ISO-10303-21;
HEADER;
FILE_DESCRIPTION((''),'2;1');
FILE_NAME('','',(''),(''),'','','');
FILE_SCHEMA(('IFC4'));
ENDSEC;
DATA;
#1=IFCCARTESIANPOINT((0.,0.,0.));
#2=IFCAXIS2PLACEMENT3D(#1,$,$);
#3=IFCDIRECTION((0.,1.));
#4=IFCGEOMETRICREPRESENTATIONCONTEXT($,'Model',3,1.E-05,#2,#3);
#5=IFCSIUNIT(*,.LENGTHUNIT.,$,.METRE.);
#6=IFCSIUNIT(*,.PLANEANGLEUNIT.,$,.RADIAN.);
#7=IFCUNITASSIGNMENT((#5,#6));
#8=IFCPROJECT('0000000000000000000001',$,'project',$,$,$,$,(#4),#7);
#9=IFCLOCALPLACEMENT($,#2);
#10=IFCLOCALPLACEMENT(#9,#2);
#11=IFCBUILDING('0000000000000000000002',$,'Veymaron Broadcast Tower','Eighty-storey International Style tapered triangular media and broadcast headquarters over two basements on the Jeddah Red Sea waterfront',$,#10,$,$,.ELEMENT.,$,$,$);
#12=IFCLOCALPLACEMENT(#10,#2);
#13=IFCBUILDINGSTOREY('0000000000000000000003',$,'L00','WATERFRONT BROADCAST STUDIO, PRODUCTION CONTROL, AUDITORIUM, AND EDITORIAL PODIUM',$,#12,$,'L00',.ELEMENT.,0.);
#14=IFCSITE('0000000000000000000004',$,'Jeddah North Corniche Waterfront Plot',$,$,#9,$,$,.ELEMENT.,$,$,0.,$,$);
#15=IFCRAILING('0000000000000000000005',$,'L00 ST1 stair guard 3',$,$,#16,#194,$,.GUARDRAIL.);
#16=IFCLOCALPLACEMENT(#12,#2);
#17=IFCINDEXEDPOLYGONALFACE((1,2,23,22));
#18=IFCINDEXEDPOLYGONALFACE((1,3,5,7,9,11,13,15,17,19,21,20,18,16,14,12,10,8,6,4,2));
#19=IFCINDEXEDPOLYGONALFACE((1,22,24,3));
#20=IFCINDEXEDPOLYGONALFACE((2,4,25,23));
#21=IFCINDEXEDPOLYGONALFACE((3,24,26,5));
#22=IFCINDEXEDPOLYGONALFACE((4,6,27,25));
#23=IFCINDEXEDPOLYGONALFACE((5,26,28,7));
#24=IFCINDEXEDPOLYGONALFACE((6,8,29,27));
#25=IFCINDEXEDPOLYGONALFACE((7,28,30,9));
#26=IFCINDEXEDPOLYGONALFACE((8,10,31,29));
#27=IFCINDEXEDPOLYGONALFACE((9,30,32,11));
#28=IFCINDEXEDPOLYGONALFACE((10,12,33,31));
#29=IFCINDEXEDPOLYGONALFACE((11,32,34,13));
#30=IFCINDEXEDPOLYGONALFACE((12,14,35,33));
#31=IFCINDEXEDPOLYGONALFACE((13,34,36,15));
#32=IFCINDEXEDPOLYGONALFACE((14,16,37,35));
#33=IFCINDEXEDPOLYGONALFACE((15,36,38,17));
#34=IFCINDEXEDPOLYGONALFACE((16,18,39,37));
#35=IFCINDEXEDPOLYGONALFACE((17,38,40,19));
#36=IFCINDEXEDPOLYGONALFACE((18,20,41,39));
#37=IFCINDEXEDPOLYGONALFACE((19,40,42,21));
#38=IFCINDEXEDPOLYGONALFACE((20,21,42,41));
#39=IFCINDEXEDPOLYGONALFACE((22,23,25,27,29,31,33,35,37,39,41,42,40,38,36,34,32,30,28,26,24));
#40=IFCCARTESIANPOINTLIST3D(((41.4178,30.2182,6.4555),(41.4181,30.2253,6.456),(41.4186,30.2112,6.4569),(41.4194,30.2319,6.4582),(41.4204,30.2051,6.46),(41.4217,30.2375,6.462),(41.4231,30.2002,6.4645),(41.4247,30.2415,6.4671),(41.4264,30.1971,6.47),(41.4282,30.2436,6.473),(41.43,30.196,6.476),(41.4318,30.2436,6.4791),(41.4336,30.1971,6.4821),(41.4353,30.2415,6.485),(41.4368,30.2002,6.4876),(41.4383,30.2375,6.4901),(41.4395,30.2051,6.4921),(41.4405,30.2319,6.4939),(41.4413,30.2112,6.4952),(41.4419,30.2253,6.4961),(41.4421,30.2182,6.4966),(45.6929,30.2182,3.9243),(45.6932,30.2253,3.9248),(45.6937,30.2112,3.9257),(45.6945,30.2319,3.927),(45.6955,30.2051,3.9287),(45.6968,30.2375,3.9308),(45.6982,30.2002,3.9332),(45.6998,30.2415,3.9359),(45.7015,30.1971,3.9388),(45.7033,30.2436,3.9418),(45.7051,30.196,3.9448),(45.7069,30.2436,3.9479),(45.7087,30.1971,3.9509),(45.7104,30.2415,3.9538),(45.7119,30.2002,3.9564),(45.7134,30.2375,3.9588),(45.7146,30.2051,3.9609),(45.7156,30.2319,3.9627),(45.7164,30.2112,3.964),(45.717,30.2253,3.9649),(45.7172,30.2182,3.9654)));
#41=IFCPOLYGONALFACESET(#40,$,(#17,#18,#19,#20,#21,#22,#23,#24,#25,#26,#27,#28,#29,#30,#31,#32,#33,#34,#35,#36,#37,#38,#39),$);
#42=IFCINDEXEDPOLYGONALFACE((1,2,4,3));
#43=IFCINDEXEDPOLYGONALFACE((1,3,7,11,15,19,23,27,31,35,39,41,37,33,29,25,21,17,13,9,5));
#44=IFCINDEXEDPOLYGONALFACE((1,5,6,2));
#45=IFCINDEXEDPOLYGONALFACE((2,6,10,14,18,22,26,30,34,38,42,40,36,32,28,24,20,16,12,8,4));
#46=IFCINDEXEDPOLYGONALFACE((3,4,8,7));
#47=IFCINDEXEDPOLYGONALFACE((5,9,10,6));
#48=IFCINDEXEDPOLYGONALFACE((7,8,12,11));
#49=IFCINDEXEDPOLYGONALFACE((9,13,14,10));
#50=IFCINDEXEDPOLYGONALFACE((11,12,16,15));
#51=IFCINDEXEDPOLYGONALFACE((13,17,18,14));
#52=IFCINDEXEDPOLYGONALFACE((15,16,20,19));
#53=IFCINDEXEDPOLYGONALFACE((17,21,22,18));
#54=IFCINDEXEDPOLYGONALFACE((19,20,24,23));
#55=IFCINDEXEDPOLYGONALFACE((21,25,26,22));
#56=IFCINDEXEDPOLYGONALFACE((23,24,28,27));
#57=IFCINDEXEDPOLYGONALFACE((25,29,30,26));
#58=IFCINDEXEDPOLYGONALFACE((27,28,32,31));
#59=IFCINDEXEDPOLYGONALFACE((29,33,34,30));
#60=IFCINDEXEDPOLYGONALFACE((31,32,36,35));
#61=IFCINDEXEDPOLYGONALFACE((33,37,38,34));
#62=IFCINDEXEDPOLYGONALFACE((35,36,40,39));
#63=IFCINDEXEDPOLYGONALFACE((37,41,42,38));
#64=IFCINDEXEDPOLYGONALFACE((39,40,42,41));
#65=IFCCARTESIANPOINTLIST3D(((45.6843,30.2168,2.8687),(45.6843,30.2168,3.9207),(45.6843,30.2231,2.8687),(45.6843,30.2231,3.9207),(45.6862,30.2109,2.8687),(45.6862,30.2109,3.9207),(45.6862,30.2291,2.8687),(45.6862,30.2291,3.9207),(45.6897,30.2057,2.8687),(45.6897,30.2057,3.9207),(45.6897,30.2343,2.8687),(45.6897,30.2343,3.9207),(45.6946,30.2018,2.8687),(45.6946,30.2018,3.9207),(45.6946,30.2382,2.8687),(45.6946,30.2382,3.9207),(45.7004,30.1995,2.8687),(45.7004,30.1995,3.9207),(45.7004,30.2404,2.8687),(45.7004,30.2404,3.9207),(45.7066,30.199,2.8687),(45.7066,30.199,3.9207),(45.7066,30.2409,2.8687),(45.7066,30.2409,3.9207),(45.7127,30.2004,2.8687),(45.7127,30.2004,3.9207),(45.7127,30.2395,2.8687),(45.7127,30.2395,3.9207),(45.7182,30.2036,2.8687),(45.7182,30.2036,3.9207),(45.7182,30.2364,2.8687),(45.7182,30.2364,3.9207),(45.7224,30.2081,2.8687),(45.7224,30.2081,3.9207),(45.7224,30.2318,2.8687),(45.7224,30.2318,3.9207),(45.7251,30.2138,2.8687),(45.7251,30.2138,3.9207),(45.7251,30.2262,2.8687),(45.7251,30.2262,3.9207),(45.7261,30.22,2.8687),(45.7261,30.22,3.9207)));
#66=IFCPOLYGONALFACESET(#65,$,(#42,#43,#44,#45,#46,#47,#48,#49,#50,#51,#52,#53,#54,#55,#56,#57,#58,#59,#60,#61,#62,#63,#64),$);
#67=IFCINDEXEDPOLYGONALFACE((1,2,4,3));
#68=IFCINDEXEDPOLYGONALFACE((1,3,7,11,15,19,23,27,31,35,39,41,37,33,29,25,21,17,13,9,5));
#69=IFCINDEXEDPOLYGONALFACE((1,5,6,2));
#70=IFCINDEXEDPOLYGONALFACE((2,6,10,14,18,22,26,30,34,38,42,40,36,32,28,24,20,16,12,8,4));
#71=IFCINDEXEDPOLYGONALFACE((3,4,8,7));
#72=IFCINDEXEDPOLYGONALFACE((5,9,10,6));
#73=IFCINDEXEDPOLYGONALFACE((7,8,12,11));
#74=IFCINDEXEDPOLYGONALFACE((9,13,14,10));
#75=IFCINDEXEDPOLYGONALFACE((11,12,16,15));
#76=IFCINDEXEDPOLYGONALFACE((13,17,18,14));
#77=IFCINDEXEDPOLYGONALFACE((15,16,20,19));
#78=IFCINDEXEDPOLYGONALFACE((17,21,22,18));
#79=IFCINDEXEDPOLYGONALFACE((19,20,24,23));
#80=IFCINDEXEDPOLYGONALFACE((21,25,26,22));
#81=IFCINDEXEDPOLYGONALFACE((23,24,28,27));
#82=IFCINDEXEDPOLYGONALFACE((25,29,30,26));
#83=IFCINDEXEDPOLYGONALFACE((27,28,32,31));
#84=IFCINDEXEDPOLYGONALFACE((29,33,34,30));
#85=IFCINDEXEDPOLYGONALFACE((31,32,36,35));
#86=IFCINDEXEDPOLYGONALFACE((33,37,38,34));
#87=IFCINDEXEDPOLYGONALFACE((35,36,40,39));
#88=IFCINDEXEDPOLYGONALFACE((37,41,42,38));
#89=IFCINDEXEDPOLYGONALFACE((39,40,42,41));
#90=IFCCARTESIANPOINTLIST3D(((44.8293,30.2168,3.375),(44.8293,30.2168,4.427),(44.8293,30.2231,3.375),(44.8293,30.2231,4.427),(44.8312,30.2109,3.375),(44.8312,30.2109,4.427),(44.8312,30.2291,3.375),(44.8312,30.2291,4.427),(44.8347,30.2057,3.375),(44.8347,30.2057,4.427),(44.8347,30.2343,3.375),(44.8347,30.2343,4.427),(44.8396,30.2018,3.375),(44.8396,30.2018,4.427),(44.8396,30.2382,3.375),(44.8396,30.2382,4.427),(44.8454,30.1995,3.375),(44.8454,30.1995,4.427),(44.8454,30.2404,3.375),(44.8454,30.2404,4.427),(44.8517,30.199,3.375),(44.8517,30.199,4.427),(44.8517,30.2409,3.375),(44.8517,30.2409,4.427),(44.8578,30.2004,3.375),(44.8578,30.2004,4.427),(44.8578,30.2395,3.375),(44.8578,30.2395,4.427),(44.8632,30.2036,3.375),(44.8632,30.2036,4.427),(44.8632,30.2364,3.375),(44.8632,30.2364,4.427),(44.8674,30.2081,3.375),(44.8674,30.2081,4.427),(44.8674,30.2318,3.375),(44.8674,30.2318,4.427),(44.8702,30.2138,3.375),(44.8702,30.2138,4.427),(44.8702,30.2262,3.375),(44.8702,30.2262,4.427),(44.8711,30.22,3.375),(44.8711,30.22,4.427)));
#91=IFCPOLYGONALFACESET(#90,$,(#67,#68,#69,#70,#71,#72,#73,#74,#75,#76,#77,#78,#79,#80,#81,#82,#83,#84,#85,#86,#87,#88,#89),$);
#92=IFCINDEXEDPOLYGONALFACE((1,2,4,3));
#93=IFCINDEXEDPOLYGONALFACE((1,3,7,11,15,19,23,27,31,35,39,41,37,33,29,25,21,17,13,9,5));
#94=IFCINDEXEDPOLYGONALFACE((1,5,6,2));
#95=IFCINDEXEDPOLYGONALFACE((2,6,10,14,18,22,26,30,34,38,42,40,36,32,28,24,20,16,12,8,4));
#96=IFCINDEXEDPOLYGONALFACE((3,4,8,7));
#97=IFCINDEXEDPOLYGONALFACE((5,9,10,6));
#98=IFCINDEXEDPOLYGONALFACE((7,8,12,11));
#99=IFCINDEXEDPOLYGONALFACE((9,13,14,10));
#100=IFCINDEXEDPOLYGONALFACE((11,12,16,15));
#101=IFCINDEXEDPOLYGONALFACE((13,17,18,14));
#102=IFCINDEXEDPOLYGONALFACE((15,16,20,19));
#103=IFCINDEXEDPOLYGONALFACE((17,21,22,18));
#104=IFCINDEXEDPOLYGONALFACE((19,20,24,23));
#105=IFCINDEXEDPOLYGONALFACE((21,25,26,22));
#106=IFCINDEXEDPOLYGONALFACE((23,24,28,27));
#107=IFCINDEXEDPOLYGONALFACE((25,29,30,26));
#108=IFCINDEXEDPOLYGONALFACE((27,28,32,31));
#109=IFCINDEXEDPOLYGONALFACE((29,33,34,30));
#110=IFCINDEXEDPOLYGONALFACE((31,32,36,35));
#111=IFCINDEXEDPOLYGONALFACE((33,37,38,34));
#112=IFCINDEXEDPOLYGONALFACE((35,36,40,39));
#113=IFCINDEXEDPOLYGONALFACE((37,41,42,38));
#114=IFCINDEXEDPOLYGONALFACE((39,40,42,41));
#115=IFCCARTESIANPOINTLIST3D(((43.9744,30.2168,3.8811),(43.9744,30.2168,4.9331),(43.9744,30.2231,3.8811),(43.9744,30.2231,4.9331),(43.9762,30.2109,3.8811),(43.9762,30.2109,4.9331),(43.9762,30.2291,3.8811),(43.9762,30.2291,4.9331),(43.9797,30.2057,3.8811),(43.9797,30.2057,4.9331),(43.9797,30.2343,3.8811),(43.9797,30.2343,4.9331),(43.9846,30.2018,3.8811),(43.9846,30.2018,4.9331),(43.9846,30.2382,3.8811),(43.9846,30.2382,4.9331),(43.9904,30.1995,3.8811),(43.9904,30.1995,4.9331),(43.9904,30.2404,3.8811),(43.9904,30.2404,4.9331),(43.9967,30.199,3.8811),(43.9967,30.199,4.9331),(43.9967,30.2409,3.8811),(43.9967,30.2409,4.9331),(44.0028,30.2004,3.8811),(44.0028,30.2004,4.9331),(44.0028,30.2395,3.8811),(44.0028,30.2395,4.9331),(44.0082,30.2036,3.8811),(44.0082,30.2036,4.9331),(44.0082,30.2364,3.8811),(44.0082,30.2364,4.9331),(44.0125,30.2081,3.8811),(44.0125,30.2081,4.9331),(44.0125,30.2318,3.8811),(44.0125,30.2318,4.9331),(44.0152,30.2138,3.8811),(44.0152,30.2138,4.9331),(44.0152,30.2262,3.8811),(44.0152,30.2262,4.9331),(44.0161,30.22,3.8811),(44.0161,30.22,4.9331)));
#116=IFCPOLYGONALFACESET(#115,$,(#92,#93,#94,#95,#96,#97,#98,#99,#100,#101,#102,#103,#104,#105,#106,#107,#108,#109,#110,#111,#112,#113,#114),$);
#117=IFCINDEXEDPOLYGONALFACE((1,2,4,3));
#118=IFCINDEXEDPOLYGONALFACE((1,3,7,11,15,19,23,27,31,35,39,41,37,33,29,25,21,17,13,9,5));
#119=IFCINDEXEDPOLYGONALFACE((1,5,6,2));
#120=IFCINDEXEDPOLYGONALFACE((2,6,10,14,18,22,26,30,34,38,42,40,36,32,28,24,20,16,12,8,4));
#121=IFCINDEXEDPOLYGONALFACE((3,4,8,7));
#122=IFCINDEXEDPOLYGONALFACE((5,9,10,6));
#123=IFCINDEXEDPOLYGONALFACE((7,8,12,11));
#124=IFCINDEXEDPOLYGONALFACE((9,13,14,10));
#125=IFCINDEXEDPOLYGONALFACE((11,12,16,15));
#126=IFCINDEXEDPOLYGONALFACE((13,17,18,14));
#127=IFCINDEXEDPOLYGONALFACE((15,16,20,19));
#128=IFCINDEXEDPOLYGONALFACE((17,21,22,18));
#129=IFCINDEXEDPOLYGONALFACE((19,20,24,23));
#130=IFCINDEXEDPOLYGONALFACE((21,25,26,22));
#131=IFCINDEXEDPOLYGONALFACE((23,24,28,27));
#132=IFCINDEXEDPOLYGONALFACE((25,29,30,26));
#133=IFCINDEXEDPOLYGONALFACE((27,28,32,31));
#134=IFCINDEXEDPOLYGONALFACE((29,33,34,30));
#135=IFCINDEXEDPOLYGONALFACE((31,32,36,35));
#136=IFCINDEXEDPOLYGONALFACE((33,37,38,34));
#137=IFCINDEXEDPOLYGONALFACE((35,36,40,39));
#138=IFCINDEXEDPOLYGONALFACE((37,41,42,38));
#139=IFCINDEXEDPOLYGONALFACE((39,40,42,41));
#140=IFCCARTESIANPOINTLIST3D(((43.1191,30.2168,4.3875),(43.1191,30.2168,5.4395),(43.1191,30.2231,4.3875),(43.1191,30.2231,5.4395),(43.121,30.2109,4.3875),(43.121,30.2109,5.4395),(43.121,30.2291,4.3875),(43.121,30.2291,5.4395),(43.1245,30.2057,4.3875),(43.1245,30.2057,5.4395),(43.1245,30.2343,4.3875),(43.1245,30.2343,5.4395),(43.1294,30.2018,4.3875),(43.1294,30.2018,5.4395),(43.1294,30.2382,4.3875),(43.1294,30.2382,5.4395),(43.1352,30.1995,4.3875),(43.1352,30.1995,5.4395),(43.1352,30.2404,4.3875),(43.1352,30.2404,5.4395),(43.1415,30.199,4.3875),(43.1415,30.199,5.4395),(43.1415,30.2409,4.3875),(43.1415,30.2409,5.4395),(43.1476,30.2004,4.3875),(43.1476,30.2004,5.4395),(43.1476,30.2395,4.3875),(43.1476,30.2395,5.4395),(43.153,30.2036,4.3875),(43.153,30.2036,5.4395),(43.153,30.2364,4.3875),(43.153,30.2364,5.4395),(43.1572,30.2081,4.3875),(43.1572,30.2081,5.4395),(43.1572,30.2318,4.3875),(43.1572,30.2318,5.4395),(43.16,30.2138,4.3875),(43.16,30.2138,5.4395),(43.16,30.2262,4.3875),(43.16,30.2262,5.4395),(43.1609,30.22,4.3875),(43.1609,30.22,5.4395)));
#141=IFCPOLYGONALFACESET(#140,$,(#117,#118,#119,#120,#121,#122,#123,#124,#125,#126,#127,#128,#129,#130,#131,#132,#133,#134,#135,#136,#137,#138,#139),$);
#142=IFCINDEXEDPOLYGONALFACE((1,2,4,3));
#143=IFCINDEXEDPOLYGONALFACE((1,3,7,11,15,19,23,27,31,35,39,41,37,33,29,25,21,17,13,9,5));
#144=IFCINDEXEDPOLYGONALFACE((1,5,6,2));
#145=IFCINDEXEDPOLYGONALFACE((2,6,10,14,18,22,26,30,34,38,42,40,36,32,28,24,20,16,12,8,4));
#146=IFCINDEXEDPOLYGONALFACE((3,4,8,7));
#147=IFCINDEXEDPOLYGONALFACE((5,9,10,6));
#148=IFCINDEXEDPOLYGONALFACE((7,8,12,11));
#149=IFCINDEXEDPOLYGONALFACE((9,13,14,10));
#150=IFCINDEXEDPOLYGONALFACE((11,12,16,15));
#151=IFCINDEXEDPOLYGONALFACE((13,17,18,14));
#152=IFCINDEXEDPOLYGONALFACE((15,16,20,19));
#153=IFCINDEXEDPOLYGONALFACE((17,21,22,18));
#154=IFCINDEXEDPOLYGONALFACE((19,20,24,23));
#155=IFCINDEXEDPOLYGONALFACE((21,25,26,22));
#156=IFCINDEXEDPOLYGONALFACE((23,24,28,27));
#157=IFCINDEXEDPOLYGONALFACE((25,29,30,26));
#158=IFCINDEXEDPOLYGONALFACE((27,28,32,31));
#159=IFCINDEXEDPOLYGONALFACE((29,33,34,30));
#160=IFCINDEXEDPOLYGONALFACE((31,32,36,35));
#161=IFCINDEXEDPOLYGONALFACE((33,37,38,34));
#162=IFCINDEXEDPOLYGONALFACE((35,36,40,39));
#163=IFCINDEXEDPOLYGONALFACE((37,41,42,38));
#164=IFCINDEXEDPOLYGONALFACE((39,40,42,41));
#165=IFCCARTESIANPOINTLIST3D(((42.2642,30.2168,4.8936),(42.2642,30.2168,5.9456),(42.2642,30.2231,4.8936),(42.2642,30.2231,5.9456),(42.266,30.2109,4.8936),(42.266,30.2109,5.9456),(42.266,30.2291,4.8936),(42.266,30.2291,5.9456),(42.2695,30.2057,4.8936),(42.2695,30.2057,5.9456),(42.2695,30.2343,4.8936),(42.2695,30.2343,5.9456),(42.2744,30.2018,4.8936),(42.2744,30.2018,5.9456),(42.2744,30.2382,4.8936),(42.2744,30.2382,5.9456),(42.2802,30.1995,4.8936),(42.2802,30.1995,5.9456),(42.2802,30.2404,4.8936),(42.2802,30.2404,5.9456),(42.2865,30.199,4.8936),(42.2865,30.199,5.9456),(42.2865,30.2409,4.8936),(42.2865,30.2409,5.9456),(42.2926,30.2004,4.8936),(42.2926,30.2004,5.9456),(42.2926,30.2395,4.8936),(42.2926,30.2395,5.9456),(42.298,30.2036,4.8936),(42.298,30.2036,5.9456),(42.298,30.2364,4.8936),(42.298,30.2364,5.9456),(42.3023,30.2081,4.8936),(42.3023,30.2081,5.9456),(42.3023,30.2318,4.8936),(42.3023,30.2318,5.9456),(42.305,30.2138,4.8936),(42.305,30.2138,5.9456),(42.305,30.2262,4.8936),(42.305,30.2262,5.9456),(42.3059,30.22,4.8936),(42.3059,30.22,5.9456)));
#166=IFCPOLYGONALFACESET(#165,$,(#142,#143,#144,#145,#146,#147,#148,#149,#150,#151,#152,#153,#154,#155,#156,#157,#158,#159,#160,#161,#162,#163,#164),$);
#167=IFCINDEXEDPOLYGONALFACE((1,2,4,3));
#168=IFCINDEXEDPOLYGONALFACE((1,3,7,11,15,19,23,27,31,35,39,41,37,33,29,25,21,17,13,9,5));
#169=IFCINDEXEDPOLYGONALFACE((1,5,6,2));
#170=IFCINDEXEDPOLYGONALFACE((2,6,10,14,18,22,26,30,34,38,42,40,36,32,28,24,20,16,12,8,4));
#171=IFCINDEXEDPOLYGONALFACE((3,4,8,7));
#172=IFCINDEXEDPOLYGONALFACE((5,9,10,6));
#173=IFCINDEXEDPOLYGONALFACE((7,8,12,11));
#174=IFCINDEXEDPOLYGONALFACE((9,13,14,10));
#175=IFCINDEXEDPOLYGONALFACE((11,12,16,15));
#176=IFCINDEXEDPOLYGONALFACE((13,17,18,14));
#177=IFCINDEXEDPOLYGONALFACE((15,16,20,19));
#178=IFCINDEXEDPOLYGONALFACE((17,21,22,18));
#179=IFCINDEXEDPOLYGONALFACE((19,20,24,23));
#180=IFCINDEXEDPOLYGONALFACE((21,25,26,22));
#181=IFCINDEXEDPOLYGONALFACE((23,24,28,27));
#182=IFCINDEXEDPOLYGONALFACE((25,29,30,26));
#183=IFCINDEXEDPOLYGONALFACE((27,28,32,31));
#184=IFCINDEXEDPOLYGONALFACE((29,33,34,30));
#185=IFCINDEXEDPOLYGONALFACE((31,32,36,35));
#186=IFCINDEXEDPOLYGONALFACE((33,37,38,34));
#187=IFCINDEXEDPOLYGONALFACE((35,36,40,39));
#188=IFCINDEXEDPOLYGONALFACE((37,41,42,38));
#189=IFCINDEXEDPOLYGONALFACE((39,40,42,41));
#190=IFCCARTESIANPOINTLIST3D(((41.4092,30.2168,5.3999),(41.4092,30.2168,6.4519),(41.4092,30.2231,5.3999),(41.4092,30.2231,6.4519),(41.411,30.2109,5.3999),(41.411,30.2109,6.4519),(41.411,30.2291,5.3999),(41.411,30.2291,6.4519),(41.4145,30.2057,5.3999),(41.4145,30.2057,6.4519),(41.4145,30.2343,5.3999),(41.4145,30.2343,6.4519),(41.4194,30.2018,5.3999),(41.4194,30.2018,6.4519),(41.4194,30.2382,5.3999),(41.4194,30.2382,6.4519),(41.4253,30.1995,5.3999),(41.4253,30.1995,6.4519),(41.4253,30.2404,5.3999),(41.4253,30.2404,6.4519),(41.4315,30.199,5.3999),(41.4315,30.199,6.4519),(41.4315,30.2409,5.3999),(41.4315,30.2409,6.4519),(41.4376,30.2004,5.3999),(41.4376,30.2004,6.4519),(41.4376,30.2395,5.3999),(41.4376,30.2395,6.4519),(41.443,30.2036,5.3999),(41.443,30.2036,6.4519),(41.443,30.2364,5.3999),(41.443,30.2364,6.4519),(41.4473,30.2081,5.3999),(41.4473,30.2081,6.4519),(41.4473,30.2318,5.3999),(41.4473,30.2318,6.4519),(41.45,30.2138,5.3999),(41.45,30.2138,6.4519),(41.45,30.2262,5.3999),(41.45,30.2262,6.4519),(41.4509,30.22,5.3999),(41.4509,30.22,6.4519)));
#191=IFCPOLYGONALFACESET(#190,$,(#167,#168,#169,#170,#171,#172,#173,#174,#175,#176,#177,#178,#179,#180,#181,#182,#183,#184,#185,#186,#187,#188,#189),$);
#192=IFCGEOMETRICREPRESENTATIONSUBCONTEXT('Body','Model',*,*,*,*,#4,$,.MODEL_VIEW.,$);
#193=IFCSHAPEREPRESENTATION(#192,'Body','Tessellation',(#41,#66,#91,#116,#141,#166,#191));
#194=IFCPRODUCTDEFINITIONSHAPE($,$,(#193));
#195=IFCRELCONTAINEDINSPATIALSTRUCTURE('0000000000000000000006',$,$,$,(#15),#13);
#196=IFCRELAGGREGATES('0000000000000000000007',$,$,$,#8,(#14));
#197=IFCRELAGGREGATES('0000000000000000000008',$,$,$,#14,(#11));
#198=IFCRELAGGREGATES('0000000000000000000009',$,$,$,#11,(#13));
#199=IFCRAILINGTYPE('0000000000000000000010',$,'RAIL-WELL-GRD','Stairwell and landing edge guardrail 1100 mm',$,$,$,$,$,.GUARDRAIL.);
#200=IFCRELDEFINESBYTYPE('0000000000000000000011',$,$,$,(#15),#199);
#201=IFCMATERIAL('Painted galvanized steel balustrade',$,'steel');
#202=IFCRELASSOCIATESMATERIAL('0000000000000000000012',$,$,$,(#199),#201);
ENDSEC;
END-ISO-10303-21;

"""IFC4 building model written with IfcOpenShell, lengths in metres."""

from ifc_helpers import new_model, si_unit, direction, frame, origin, origin_2d, place, context, subcontext, project, spatial, circle, extrude, material, type_object, element, save


model = new_model("IFC4")

# Units and contexts
model_context = context("Model", 3, precision=1e-05, world=origin(), true_north=direction((0.0, 1.0)))
body_context = subcontext(model_context, "Body", "Model", "MODEL_VIEW")
ifc_project = project(units=[si_unit("LENGTHUNIT", "METRE"), si_unit("PLANEANGLEUNIT", "RADIAN")], contexts=[model_context])

# Site, building, storey
site_placement = place(None, origin())
site = spatial("IfcSite", under=ifc_project, at=site_placement, Name="Jeddah North Corniche Waterfront Plot", CompositionType="ELEMENT", RefElevation=0.0)
building_placement = place(site_placement, origin())
building = spatial("IfcBuilding", under=site, at=building_placement, Name="Veymaron Broadcast Tower", Description="Eighty-storey International Style tapered triangular media and broadcast headquarters over two basements on the Jeddah Red Sea waterfront", CompositionType="ELEMENT")
storey_placement = place(building_placement, origin())
storey = spatial("IfcBuildingStorey", under=building, at=storey_placement, Name="L00", Description="WATERFRONT BROADCAST STUDIO, PRODUCTION CONTROL, AUDITORIUM, AND EDITORIAL PODIUM", LongName="L00", CompositionType="ELEMENT", Elevation=0.0)

# Railing
ifc_material_1 = material(Name="Painted galvanized steel balustrade", Category="steel")
railing_type_1 = type_object("IfcRailingType", Name="RAIL-WELL-GRD", Description="Stairwell and landing edge guardrail 1100 mm", PredefinedType="GUARDRAIL", material=ifc_material_1)
railing_1_placement = place(storey_placement, frame((45.7051, 30.22, 2.8687)))
element("IfcRailing", 1, at=railing_1_placement, inside=storey, type_object=railing_type_1, Name="L00 ST1 stair guard 3", PredefinedType="GUARDRAIL", context=body_context, shape_type="SweptSolid", body=[
    extrude(circle(Radius=0.0239, at=origin_2d()), frame((0.0, 0.0, 1.0762), z_axis=(-0.860483, 0.0, 0.509479), x_axis=(0.0, -1.0, 0.0)), (0.0, 0.0, 1.0), 4.9683),
    extrude(circle(Radius=0.021, at=origin_2d()), origin(), (0.0, 0.0, 1.0), 1.052),
    extrude(circle(Radius=0.021, at=origin_2d()), frame((-0.855, 0.0, 0.5063)), (0.0, 0.0, 1.0), 1.052),
    extrude(circle(Radius=0.021, at=origin_2d()), frame((-1.71, 0.0, 1.0125)), (0.0, 0.0, 1.0), 1.052),
    extrude(circle(Radius=0.021, at=origin_2d()), frame((-2.5652, 0.0, 1.5188)), (0.0, 0.0, 1.0), 1.052),
    extrude(circle(Radius=0.021, at=origin_2d()), frame((-3.4202, 0.0, 2.0249)), (0.0, 0.0, 1.0), 1.052),
    extrude(circle(Radius=0.021, at=origin_2d()), frame((-4.2751, 0.0, 2.5312)), (0.0, 0.0, 1.0), 1.052),
])

save(model, "model.ifc")
